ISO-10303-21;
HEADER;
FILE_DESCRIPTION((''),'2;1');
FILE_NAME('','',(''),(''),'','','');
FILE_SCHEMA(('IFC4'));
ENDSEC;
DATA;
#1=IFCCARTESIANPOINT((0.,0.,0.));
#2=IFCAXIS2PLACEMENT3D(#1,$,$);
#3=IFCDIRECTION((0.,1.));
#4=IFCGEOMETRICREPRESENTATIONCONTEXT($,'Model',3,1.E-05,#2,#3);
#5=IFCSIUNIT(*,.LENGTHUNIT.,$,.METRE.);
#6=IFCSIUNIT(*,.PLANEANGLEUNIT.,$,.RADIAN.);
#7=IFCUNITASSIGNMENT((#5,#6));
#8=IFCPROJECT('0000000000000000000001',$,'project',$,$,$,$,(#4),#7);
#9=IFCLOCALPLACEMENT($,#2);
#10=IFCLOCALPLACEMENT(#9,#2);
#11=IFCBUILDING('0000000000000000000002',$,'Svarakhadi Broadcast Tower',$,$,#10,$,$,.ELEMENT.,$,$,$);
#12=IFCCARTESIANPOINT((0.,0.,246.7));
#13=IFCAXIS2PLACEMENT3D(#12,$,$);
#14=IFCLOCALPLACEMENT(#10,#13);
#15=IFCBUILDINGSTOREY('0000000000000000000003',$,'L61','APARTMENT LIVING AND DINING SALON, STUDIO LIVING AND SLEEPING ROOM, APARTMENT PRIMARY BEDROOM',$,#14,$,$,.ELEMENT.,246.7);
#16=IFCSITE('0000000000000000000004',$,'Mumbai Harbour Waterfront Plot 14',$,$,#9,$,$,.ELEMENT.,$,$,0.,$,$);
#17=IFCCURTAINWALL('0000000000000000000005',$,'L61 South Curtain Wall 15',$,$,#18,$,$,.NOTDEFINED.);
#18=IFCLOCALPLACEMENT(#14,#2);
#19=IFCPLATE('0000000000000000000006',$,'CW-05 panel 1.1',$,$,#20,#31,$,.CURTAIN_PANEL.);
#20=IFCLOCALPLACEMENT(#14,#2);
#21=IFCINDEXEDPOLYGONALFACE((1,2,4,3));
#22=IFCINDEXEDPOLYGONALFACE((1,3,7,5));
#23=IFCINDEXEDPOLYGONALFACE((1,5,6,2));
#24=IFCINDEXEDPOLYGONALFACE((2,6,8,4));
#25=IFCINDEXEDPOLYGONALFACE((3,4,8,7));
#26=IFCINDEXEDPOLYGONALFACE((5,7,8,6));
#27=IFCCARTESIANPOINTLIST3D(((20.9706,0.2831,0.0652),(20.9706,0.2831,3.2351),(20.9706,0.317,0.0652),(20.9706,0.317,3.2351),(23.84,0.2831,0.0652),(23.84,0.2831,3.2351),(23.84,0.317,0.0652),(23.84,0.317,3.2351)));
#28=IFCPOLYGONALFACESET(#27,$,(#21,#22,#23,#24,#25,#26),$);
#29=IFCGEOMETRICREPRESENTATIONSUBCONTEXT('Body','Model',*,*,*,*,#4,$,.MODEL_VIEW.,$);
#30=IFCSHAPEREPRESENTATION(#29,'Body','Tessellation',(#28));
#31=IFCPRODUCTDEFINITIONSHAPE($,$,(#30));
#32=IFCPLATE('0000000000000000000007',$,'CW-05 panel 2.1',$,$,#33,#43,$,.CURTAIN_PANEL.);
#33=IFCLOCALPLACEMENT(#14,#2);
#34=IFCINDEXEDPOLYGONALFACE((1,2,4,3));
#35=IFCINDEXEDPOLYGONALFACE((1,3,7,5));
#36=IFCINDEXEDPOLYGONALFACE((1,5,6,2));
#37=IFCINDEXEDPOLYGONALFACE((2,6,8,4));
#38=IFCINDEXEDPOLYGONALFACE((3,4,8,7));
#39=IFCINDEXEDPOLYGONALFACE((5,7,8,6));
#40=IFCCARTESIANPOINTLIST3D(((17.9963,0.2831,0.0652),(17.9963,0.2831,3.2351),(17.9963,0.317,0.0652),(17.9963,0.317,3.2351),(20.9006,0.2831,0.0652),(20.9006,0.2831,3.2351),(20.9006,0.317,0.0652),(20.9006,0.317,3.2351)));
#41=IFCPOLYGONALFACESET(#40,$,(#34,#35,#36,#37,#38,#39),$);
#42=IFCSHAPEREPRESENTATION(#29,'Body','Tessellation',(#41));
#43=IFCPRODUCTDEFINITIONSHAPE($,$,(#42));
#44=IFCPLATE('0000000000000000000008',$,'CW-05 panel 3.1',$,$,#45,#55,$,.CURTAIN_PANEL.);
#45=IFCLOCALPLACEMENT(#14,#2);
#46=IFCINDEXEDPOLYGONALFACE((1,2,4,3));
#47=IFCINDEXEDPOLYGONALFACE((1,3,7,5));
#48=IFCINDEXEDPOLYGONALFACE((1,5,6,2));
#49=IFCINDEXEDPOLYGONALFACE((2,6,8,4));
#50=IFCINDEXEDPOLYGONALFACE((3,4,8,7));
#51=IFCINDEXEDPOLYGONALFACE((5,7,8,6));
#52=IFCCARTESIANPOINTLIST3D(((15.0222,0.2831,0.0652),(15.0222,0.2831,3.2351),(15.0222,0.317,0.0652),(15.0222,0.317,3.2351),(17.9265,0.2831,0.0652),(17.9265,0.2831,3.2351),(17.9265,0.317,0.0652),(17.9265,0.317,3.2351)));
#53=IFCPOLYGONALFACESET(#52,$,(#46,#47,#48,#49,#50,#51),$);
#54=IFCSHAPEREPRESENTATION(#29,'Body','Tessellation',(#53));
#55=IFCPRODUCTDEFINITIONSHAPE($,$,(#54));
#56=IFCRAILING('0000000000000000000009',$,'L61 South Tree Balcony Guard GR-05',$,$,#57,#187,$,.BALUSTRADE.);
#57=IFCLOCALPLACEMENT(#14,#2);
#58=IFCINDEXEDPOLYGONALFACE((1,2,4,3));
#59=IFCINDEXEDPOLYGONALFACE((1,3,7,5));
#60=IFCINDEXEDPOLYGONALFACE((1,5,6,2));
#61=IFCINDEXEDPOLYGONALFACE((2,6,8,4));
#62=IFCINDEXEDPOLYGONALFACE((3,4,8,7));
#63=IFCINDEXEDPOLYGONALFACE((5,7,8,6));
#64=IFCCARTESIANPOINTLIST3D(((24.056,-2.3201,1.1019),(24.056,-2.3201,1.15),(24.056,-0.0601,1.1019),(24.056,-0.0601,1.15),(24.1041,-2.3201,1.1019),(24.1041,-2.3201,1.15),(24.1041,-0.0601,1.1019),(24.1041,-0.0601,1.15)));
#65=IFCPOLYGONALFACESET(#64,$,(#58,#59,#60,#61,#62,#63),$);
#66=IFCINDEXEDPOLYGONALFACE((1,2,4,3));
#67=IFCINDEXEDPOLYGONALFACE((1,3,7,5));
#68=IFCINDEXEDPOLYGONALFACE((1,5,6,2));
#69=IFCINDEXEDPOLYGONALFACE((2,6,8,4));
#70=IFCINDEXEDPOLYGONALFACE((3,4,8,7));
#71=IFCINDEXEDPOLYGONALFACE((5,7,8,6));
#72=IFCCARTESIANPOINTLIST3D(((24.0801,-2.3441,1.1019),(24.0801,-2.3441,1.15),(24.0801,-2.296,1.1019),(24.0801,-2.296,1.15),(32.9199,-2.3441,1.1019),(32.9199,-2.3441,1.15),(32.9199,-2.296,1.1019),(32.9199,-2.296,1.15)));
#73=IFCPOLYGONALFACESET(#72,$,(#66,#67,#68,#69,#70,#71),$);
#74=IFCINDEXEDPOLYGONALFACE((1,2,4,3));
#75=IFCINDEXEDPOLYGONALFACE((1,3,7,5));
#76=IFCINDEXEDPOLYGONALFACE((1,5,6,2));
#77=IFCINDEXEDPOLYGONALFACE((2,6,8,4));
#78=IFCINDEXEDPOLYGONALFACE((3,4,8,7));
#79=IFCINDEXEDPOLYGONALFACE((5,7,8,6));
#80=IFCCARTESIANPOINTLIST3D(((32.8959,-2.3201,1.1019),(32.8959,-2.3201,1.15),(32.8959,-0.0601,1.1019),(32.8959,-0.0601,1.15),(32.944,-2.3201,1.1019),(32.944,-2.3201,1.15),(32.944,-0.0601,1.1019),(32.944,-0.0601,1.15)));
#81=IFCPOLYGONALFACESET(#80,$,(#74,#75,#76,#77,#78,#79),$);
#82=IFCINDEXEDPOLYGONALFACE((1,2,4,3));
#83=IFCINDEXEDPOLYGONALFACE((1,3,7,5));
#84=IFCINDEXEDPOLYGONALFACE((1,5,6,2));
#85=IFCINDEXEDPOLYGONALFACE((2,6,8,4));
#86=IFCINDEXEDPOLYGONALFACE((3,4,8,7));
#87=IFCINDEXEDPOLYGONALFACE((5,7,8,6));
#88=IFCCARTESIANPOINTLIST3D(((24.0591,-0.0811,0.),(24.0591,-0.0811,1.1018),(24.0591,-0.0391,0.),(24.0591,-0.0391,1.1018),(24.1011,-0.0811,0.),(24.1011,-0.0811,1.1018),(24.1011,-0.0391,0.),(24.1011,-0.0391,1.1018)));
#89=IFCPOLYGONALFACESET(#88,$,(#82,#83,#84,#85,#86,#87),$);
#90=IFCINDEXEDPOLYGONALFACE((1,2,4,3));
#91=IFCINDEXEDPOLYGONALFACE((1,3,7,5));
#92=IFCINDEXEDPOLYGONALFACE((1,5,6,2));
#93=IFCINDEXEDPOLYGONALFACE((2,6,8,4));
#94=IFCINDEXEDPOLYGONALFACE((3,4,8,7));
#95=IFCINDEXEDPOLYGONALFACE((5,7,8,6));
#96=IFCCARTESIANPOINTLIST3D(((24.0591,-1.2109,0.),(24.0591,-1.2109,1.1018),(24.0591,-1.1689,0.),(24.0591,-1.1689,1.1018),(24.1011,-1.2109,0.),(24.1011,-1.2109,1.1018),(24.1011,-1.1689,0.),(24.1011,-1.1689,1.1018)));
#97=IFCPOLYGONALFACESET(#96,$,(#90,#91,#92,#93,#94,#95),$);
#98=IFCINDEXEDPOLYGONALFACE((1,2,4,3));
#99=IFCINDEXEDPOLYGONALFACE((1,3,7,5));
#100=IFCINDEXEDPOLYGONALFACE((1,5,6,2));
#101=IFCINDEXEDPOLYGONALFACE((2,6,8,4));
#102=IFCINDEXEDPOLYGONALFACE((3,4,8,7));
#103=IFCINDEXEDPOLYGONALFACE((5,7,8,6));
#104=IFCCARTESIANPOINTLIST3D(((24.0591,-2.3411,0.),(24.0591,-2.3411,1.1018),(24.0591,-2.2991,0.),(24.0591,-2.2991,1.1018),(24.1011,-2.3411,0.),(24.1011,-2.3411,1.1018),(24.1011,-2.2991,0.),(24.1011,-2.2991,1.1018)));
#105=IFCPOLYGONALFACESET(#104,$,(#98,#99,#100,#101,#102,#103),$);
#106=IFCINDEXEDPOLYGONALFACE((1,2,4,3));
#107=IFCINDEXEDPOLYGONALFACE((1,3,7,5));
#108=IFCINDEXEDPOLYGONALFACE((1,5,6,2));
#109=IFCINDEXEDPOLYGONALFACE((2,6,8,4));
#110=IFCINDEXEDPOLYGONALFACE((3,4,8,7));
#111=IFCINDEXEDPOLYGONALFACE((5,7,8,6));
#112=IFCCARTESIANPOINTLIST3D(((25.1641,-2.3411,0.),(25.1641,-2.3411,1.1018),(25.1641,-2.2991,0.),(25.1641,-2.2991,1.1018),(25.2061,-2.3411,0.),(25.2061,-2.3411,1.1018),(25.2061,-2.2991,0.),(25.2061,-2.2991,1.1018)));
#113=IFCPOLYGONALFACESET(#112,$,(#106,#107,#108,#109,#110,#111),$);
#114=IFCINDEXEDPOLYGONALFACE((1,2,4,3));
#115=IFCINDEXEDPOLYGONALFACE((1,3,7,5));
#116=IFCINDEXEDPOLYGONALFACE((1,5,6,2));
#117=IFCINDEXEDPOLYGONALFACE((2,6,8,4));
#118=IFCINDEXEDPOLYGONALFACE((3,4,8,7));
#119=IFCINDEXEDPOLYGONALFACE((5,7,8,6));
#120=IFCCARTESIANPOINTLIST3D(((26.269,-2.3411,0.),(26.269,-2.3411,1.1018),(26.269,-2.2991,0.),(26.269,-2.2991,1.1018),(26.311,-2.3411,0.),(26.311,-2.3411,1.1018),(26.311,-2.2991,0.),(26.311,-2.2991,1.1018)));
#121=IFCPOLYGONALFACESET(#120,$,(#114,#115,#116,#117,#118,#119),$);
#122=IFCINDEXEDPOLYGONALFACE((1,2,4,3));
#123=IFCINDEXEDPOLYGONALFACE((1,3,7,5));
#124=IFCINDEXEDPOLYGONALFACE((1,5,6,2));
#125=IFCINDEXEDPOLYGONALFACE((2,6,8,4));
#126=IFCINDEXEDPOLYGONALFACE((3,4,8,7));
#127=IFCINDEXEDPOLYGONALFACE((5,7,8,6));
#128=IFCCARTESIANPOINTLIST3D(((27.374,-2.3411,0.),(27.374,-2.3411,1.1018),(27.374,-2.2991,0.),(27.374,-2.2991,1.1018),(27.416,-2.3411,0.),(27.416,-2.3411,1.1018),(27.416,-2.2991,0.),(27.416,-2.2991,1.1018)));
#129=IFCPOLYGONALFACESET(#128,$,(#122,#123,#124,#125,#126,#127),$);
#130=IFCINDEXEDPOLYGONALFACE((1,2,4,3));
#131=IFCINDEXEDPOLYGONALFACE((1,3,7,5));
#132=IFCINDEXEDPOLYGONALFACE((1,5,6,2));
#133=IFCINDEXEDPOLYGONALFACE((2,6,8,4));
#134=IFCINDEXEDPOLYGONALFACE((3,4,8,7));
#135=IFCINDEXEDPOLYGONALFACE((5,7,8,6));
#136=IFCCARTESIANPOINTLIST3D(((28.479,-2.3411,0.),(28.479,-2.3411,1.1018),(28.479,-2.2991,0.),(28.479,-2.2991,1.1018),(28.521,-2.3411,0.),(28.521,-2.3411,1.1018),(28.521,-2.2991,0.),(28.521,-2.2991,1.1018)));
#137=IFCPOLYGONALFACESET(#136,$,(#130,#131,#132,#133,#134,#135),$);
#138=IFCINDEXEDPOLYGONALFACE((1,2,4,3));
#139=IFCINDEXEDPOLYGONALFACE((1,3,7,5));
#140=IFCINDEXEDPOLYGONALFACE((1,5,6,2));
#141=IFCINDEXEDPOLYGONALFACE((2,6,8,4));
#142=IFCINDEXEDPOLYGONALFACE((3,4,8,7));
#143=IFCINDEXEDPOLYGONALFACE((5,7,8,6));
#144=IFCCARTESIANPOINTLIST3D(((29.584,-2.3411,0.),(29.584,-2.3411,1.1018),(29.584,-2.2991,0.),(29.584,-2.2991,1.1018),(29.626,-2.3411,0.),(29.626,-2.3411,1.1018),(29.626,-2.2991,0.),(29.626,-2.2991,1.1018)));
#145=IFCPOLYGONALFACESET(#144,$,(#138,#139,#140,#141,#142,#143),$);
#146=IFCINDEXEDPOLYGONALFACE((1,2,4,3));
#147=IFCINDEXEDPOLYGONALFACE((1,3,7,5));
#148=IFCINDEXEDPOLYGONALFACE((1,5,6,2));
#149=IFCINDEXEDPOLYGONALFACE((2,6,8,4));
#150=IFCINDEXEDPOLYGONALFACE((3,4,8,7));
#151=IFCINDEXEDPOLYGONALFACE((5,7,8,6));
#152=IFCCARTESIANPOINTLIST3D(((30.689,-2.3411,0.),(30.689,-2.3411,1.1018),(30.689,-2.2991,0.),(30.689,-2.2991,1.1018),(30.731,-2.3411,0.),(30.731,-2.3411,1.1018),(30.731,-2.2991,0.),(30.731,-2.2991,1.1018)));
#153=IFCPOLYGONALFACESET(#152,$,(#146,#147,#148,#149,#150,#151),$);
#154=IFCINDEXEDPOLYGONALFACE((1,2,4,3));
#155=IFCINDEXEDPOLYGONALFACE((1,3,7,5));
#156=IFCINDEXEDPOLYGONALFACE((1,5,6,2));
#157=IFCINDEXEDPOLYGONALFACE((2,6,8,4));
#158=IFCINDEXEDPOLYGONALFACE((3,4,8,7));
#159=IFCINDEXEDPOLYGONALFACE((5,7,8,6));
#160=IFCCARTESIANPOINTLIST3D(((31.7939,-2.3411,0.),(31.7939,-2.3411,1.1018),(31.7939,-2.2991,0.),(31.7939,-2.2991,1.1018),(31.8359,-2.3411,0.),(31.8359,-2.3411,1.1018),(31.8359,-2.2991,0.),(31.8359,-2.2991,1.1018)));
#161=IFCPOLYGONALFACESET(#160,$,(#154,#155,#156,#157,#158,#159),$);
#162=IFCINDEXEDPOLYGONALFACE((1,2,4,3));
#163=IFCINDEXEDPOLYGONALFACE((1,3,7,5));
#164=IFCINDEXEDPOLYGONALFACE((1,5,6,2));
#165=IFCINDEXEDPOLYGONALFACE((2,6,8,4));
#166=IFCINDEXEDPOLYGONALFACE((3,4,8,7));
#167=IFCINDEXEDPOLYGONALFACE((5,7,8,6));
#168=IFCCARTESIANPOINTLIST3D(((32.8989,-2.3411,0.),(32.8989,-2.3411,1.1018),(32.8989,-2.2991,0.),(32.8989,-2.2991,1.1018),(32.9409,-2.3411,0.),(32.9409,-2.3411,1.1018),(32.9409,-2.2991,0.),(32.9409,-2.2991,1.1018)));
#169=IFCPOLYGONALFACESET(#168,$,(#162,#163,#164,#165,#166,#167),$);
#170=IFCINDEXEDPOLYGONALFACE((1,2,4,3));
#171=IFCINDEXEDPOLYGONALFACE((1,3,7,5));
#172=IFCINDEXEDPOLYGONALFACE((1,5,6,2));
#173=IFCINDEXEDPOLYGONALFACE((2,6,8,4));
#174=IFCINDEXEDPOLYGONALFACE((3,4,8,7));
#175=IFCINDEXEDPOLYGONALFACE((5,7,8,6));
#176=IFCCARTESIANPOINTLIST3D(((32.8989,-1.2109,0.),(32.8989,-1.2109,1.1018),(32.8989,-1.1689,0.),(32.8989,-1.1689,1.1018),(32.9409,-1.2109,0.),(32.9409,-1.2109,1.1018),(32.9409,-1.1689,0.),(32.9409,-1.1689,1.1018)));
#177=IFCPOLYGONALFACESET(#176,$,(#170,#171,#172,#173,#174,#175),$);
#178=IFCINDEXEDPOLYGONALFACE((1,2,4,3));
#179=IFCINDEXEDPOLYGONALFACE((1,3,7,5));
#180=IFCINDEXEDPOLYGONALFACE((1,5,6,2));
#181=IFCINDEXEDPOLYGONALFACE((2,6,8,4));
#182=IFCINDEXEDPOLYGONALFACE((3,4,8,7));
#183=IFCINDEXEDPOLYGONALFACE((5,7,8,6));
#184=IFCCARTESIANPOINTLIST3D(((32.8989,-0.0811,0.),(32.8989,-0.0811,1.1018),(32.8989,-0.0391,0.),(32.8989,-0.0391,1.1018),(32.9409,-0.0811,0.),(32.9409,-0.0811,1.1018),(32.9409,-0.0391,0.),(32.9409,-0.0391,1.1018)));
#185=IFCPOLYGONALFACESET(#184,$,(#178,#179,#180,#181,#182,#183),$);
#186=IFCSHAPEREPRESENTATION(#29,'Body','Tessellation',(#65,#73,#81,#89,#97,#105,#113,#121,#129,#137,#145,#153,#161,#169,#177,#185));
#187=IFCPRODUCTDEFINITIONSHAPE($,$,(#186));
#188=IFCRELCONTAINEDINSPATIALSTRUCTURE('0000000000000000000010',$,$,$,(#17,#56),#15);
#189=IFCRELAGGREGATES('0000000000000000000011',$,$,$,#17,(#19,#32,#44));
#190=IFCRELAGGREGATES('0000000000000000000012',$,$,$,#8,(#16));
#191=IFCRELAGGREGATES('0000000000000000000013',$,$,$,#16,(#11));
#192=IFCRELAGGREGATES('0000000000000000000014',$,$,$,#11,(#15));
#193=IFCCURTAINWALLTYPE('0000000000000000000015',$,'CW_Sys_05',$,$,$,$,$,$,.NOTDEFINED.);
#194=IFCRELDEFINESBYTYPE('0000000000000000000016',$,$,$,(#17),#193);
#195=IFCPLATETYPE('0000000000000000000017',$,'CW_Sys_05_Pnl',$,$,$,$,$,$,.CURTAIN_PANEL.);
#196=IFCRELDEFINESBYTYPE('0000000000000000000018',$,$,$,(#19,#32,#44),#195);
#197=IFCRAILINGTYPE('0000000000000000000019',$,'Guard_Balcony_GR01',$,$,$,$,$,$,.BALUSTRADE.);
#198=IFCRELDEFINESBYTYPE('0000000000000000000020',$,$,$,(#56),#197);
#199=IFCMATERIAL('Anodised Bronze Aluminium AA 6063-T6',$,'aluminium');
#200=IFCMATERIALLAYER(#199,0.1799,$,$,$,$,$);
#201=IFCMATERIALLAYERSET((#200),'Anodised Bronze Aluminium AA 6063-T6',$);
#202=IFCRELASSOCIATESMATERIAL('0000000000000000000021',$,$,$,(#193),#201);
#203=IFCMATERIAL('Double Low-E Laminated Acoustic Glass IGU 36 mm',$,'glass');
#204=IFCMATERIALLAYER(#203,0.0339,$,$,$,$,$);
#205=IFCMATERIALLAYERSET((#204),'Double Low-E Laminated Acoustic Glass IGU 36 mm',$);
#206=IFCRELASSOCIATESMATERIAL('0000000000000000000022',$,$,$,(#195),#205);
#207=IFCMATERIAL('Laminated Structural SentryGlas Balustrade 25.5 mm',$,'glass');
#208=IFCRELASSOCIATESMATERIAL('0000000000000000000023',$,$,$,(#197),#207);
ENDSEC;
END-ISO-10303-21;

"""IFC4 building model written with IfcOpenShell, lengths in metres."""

from ifc_helpers import new_model, si_unit, direction, frame, origin, origin_2d, place, context, subcontext, project, spatial, rectangle, extrude, material, layer, layer_set, type_object, element, aggregate, save


model = new_model("IFC4")

# Units and contexts
model_context = context("Model", 3, precision=1e-05, world=origin(), true_north=direction((0.0, 1.0)))
body_context = subcontext(model_context, "Body", "Model", "MODEL_VIEW")
ifc_project = project(units=[si_unit("LENGTHUNIT", "METRE"), si_unit("PLANEANGLEUNIT", "RADIAN")], contexts=[model_context])

# Site, building, storey
site_placement = place(None, origin())
site = spatial("IfcSite", under=ifc_project, at=site_placement, Name="Mumbai Harbour Waterfront Plot 14", CompositionType="ELEMENT", RefElevation=0.0)
building_placement = place(site_placement, origin())
building = spatial("IfcBuilding", under=site, at=building_placement, Name="Svarakhadi Broadcast Tower", CompositionType="ELEMENT")
storey_placement = place(building_placement, frame((0.0, 0.0, 246.7)))
storey = spatial("IfcBuildingStorey", under=building, at=storey_placement, Name="L61", Description="APARTMENT LIVING AND DINING SALON, STUDIO LIVING AND SLEEPING ROOM, APARTMENT PRIMARY BEDROOM", CompositionType="ELEMENT", Elevation=246.7)

# Curtain wall
ifc_material_1 = material(Name="Anodised Bronze Aluminium AA 6063-T6", Category="aluminium")
ifc_layer_1 = layer(ifc_material_1, 0.1799)
ifc_layer_set_1 = layer_set([ifc_layer_1], Name="Anodised Bronze Aluminium AA 6063-T6")
curtain_wall_type = type_object("IfcCurtainWallType", Name="CW_Sys_05", PredefinedType="NOTDEFINED", material=ifc_layer_set_1)
curtain_wall_placement = place(storey_placement, origin())
curtain_wall = element("IfcCurtainWall", 1, at=curtain_wall_placement, inside=storey, type_object=curtain_wall_type, Name="L61 South Curtain Wall 15", PredefinedType="NOTDEFINED")

# Plates
ifc_material_2 = material(Name="Double Low-E Laminated Acoustic Glass IGU 36 mm", Category="glass")
ifc_layer_2 = layer(ifc_material_2, 0.0339)
ifc_layer_set_2 = layer_set([ifc_layer_2], Name="Double Low-E Laminated Acoustic Glass IGU 36 mm")
plate_type = type_object("IfcPlateType", Name="CW_Sys_05_Pnl", PredefinedType="CURTAIN_PANEL", material=ifc_layer_set_2)
plate_1_placement = place(storey_placement, frame((22.4053, 0.3, 0.0652), z_axis=(0.0, 0.0, 1.0), x_axis=(-1.0, 0.0, 0.0)))
plate_1 = element("IfcPlate", 2, at=plate_1_placement, type_object=plate_type, Name="CW-05 panel 1.1", PredefinedType="CURTAIN_PANEL", context=body_context, shape_type="SweptSolid", body=[
    extrude(rectangle(XDim=2.8694, YDim=0.0339, at=origin_2d()), origin(), (0.0, 0.0, 1.0), 3.1699),
])
plate_2_placement = place(storey_placement, frame((19.4485, 0.3, 0.0652), z_axis=(0.0, 0.0, 1.0), x_axis=(-1.0, 0.0, 0.0)))
plate_2 = element("IfcPlate", 3, at=plate_2_placement, type_object=plate_type, Name="CW-05 panel 2.1", PredefinedType="CURTAIN_PANEL", context=body_context, shape_type="SweptSolid", body=[
    extrude(rectangle(XDim=2.9043, YDim=0.0339, at=origin_2d()), origin(), (0.0, 0.0, 1.0), 3.1699),
])
plate_3_placement = place(storey_placement, frame((16.4744, 0.3, 0.0652), z_axis=(0.0, 0.0, 1.0), x_axis=(-1.0, 0.0, 0.0)))
plate_3 = element("IfcPlate", 4, at=plate_3_placement, type_object=plate_type, Name="CW-05 panel 3.1", PredefinedType="CURTAIN_PANEL", context=body_context, shape_type="SweptSolid", body=[
    extrude(rectangle(XDim=2.9043, YDim=0.0339, at=origin_2d()), origin(), (0.0, 0.0, 1.0), 3.1699),
])
aggregate(curtain_wall, [plate_1, plate_2, plate_3])

# Railing
ifc_material_3 = material(Name="Laminated Structural SentryGlas Balustrade 25.5 mm", Category="glass")
railing_type = type_object("IfcRailingType", Name="Guard_Balcony_GR01", PredefinedType="BALUSTRADE", material=ifc_material_3)
railing_placement = place(storey_placement, frame((24.0801, -0.0601, 0.0)))
element("IfcRailing", 5, at=railing_placement, inside=storey, type_object=railing_type, Name="L61 South Tree Balcony Guard GR-05", PredefinedType="BALUSTRADE", context=body_context, shape_type="SweptSolid", body=[
    extrude(rectangle(XDim=0.0481, YDim=0.0481, at=origin_2d()), frame((0.0, 0.0, 1.126), z_axis=(0.0, -1.0, 0.0), x_axis=(1.0, 0.0, 0.0)), (0.0, 0.0, 1.0), 2.26),
    extrude(rectangle(XDim=0.0481, YDim=0.0481, at=origin_2d()), frame((0.0, -2.26, 1.126), z_axis=(1.0, 0.0, 0.0), x_axis=(0.0, 1.0, 0.0)), (0.0, 0.0, 1.0), 8.8398),
    extrude(rectangle(XDim=0.0481, YDim=0.0481, at=origin_2d()), frame((8.8398, -2.26, 1.126), z_axis=(0.0, 1.0, 0.0), x_axis=(-1.0, 0.0, 0.0)), (0.0, 0.0, 1.0), 2.26),
    extrude(rectangle(XDim=0.042, YDim=0.042, at=origin_2d()), origin(), (0.0, 0.0, 1.0), 1.1018),
    extrude(rectangle(XDim=0.042, YDim=0.042, at=origin_2d()), frame((0.0, -1.1299, 0.0)), (0.0, 0.0, 1.0), 1.1018),
    extrude(rectangle(XDim=0.042, YDim=0.042, at=origin_2d()), frame((0.0, -2.26, 0.0)), (0.0, 0.0, 1.0), 1.1018),
    extrude(rectangle(XDim=0.042, YDim=0.042, at=origin_2d()), frame((1.105, -2.26, 0.0)), (0.0, 0.0, 1.0), 1.1018),
    extrude(rectangle(XDim=0.042, YDim=0.042, at=origin_2d()), frame((2.21, -2.26, 0.0)), (0.0, 0.0, 1.0), 1.1018),
    extrude(rectangle(XDim=0.042, YDim=0.042, at=origin_2d()), frame((3.3149, -2.26, 0.0)), (0.0, 0.0, 1.0), 1.1018),
    extrude(rectangle(XDim=0.042, YDim=0.042, at=origin_2d()), frame((4.4199, -2.26, 0.0)), (0.0, 0.0, 1.0), 1.1018),
    extrude(rectangle(XDim=0.042, YDim=0.042, at=origin_2d()), frame((5.5249, -2.26, 0.0)), (0.0, 0.0, 1.0), 1.1018),
    extrude(rectangle(XDim=0.042, YDim=0.042, at=origin_2d()), frame((6.6299, -2.26, 0.0)), (0.0, 0.0, 1.0), 1.1018),
    extrude(rectangle(XDim=0.042, YDim=0.042, at=origin_2d()), frame((7.7349, -2.26, 0.0)), (0.0, 0.0, 1.0), 1.1018),
    extrude(rectangle(XDim=0.042, YDim=0.042, at=origin_2d()), frame((8.8398, -2.26, 0.0)), (0.0, 0.0, 1.0), 1.1018),
    extrude(rectangle(XDim=0.042, YDim=0.042, at=origin_2d()), frame((8.8398, -1.1299, 0.0)), (0.0, 0.0, 1.0), 1.1018),
    extrude(rectangle(XDim=0.042, YDim=0.042, at=origin_2d()), frame((8.8398, 0.0, 0.0)), (0.0, 0.0, 1.0), 1.1018),
])

save(model, "model.ifc")
